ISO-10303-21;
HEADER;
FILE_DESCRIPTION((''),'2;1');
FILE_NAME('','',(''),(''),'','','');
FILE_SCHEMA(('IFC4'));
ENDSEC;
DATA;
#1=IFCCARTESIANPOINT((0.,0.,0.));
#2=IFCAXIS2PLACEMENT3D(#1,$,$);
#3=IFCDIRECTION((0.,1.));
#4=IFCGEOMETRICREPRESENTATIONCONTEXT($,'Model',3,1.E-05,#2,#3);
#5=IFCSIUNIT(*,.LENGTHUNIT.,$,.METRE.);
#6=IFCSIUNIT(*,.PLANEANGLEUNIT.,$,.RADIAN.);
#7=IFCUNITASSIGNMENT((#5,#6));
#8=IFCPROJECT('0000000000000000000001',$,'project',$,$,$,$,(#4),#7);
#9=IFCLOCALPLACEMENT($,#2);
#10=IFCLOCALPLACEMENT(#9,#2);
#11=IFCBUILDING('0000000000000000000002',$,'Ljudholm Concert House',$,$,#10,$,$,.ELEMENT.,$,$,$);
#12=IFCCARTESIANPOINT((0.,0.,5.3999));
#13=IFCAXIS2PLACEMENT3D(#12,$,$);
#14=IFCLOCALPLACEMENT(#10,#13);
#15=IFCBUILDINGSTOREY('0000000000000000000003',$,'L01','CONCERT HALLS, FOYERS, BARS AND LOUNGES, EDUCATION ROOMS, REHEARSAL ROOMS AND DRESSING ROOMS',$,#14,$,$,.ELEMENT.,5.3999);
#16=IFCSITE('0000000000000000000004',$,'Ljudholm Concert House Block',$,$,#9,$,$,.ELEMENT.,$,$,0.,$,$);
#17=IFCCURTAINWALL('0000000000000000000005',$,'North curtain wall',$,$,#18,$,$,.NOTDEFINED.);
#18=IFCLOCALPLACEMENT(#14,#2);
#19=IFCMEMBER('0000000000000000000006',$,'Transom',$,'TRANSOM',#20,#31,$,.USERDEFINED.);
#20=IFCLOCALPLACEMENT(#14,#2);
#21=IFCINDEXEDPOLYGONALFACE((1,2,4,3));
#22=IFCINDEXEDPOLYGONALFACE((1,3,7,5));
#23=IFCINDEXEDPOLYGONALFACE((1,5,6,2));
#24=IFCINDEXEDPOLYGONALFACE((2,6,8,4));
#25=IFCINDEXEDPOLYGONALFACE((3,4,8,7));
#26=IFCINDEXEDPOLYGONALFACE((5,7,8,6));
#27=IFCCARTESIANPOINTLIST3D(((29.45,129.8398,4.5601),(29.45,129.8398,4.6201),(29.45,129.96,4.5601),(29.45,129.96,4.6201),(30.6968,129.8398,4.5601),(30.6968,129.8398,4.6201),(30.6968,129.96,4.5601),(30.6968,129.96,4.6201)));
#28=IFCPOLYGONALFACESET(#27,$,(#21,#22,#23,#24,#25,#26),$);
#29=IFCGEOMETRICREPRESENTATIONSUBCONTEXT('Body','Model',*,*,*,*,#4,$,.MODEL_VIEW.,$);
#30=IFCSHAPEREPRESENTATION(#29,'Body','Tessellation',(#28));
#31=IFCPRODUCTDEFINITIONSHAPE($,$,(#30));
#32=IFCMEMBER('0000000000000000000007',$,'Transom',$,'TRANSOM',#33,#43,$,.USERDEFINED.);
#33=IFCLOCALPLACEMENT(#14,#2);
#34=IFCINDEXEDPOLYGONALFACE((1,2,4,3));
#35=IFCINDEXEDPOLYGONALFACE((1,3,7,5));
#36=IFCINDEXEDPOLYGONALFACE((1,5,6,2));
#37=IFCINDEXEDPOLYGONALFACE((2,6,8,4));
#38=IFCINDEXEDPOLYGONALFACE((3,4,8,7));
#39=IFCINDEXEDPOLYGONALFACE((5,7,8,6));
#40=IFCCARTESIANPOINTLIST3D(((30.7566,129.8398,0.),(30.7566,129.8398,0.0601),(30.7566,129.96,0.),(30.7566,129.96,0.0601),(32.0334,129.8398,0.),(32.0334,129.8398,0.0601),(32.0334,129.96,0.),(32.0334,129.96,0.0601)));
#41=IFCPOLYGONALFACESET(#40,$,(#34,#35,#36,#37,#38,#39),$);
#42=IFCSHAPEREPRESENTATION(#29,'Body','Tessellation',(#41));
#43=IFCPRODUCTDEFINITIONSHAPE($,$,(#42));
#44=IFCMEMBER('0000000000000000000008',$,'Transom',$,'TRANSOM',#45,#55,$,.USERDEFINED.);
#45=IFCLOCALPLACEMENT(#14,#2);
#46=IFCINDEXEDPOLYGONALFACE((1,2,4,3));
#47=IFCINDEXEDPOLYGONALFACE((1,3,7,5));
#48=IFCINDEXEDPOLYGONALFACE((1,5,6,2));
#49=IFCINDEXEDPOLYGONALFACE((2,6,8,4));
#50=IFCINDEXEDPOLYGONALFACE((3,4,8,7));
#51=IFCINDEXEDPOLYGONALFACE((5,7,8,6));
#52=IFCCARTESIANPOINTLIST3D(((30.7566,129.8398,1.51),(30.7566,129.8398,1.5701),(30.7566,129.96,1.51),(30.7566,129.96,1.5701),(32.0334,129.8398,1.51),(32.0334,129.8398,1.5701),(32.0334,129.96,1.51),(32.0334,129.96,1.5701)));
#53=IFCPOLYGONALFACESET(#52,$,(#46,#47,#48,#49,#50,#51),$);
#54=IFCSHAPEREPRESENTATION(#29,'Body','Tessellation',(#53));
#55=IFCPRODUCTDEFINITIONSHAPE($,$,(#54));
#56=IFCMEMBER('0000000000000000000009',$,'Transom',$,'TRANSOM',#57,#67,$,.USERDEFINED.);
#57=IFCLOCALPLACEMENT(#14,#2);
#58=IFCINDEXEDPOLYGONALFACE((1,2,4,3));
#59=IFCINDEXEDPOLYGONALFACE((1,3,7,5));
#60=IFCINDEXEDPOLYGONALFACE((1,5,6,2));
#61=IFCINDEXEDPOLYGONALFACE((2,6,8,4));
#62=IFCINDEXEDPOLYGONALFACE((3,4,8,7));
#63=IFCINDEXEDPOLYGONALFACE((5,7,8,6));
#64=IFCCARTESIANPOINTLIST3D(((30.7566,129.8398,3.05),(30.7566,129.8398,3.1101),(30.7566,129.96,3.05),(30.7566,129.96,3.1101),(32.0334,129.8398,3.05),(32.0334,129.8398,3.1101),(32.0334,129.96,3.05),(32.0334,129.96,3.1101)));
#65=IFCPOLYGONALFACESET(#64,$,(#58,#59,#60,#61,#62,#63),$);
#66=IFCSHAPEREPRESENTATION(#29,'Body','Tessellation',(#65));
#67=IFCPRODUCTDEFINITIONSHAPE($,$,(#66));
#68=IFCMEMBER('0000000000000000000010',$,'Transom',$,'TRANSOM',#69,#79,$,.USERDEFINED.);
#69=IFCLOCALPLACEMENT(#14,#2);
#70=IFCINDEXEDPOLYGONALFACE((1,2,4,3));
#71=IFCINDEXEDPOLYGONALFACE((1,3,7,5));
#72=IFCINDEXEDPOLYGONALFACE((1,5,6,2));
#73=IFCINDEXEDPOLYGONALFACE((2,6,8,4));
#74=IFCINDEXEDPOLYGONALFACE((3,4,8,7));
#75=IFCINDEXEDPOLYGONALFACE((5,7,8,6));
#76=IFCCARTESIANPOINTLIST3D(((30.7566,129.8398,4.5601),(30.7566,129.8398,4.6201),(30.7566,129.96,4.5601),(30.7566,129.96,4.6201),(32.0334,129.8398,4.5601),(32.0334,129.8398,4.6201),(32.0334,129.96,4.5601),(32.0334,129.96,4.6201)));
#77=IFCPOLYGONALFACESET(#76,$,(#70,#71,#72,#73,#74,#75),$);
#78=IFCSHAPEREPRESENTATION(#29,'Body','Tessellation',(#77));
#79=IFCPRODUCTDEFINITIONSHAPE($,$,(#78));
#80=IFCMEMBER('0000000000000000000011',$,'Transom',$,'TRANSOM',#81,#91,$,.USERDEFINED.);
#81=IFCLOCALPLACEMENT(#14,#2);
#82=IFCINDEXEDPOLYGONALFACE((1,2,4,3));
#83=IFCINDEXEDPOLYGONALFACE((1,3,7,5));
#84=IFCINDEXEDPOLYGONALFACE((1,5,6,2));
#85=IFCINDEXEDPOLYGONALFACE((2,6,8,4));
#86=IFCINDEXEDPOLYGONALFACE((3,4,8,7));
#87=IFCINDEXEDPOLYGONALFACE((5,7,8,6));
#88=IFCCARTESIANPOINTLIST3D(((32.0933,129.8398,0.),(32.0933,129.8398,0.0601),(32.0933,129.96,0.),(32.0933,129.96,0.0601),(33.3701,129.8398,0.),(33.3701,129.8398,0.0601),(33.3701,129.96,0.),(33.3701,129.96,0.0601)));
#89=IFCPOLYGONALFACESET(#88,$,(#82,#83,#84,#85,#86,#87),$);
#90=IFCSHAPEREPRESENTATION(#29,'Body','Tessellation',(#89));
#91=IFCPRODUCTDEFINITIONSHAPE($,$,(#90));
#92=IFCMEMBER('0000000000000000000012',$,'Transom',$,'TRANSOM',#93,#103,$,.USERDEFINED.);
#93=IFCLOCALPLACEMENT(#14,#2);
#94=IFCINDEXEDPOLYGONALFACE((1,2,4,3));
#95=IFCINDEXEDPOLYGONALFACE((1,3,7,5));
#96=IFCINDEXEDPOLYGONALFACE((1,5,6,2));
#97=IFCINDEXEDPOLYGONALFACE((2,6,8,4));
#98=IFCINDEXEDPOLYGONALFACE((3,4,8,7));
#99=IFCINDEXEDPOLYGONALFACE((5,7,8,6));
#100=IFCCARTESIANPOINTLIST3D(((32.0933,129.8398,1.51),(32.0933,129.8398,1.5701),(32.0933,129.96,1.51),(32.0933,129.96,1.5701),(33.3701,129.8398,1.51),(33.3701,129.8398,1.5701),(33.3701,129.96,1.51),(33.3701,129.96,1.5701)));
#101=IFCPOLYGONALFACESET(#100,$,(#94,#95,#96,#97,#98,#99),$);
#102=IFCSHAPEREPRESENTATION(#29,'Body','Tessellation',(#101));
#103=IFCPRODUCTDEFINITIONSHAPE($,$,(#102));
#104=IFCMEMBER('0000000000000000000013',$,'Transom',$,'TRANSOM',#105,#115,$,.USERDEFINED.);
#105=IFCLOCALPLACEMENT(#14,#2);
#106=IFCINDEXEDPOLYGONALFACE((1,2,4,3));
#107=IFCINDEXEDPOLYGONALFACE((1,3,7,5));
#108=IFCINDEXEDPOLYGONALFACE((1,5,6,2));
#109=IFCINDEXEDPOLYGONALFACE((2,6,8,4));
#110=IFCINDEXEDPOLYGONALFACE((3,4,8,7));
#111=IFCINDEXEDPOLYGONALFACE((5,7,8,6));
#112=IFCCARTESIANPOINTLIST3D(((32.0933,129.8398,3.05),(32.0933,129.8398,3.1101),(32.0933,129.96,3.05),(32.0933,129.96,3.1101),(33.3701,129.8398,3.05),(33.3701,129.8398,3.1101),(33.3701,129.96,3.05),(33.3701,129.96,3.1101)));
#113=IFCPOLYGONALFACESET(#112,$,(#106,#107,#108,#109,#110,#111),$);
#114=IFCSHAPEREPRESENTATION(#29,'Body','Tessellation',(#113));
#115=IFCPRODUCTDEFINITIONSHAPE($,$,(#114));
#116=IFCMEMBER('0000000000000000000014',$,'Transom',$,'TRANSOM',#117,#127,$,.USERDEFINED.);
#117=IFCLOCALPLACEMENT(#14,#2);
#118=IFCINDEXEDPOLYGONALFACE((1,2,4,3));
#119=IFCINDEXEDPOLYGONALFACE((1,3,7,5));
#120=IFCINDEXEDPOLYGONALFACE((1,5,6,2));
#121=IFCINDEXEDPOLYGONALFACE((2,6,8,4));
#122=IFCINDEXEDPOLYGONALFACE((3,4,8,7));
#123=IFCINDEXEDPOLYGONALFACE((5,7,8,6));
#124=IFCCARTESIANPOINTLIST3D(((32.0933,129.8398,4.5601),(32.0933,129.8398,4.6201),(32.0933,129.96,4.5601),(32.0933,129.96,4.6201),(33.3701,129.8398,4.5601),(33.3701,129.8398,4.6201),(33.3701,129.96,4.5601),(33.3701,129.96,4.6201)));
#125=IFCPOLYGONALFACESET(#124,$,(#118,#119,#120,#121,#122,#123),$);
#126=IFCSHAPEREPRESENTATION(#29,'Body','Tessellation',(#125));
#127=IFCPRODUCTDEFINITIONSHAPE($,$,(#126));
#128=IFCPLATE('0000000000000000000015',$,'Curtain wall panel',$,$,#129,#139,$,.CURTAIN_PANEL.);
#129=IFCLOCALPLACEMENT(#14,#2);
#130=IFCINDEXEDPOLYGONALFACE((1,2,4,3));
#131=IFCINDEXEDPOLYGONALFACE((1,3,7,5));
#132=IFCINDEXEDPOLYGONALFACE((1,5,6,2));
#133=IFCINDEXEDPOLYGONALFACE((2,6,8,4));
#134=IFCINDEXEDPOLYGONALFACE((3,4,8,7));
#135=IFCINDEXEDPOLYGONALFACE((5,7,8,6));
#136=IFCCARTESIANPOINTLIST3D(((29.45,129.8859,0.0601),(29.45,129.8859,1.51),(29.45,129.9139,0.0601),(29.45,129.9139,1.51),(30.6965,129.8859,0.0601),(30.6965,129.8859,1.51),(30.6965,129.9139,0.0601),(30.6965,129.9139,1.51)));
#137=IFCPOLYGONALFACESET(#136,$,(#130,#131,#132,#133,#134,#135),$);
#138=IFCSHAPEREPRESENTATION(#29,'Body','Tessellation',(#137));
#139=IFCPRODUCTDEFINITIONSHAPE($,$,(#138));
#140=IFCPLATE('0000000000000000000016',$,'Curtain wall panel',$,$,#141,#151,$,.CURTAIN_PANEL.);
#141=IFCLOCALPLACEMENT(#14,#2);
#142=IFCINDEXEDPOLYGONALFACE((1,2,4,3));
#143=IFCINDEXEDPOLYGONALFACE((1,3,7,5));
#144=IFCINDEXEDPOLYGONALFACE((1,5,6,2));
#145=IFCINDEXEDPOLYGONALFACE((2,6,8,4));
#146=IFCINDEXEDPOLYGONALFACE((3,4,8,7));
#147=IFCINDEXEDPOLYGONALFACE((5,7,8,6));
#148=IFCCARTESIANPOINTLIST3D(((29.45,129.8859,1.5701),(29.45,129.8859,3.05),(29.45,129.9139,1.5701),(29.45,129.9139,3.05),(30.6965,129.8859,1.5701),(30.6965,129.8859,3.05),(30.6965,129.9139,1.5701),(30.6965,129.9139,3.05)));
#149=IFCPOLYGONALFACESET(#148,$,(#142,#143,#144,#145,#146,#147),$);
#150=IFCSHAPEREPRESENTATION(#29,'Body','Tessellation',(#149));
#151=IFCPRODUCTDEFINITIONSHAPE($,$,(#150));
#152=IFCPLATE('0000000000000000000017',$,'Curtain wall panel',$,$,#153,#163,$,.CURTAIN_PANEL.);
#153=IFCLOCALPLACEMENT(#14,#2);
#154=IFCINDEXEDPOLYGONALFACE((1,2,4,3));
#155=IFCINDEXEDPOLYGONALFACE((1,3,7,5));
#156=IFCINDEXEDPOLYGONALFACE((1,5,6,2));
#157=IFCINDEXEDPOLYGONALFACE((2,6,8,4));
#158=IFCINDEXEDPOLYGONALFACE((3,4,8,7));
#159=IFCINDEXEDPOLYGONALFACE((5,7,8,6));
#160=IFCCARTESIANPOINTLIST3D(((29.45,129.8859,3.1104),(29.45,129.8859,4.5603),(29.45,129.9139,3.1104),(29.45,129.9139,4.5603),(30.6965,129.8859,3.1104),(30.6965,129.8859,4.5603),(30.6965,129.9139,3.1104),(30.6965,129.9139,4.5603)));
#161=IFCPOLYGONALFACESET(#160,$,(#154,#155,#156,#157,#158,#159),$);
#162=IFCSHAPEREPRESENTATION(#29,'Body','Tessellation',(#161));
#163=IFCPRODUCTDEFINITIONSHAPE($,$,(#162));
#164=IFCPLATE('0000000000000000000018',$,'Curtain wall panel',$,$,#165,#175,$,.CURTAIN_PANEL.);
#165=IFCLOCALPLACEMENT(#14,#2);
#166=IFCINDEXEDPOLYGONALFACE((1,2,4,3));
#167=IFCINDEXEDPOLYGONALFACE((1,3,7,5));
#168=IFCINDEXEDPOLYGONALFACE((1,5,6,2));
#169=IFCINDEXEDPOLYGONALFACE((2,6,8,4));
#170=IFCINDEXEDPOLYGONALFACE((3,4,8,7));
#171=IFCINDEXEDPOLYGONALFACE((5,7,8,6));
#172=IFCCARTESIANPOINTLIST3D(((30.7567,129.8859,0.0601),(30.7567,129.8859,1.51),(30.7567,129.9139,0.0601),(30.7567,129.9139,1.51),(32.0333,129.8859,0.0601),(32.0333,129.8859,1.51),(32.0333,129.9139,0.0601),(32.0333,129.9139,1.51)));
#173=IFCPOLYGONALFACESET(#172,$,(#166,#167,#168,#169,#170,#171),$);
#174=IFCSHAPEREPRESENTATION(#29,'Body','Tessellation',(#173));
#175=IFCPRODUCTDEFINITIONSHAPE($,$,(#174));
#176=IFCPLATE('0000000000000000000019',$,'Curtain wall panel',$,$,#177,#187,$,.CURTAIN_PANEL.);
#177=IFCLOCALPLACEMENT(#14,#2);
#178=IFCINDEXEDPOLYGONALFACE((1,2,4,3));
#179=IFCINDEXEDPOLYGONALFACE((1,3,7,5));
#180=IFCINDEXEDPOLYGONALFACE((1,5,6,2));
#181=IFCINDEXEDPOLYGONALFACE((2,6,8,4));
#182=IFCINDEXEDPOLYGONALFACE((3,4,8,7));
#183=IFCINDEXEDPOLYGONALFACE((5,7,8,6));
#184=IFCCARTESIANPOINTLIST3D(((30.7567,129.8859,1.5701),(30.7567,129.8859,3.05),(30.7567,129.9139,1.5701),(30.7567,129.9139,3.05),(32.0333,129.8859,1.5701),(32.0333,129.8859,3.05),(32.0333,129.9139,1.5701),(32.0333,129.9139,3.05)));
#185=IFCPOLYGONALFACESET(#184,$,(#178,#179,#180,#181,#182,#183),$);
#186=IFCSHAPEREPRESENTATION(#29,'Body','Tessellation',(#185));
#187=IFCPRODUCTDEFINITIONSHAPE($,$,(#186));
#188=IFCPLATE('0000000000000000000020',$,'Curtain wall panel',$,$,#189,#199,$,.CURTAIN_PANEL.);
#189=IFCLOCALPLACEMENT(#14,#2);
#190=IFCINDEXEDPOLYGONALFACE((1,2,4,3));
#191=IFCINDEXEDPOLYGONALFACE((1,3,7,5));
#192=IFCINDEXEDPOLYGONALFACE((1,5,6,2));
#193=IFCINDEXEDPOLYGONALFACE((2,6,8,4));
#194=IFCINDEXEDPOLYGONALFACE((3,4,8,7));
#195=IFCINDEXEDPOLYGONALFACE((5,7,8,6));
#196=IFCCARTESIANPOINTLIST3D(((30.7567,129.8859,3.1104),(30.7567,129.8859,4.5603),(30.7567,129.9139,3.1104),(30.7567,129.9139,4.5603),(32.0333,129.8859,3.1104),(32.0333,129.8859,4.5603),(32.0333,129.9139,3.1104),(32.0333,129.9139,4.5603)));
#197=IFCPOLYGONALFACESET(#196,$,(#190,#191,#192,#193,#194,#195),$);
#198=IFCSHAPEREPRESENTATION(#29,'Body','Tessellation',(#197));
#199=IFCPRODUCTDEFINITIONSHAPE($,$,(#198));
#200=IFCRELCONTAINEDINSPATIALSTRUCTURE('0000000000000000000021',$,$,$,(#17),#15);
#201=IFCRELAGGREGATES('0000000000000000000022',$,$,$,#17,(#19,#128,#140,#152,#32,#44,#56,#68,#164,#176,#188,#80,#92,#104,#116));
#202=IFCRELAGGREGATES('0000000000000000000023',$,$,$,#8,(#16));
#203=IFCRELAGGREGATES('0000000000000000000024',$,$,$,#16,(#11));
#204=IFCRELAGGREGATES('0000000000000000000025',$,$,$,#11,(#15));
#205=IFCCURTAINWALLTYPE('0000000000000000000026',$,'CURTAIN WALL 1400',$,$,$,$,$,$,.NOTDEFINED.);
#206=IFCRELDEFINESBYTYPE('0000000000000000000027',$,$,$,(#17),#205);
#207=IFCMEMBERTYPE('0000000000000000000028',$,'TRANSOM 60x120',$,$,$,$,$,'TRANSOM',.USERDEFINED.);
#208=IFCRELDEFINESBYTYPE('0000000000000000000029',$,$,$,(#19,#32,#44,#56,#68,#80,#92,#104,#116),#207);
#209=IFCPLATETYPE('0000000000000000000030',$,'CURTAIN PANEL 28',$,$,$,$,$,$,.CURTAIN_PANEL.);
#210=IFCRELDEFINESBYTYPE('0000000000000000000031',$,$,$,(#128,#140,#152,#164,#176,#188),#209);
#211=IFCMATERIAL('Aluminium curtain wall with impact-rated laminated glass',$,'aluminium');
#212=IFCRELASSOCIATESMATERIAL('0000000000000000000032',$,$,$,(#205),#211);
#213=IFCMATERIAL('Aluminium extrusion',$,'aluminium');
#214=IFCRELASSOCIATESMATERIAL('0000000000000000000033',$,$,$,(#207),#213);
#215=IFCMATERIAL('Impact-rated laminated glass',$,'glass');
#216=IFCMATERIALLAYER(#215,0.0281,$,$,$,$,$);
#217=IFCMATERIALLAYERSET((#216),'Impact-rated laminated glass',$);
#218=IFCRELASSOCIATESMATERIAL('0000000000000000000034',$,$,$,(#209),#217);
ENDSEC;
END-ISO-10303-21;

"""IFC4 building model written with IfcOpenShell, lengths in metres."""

from ifc_helpers import new_model, si_unit, direction, frame, origin, origin_2d, place, context, subcontext, project, spatial, rectangle, extrude, material, layer, layer_set, material_profile, profile_set, type_object, element, aggregate, save


model = new_model("IFC4")

# Units and contexts
model_context = context("Model", 3, precision=1e-05, world=origin(), true_north=direction((0.0, 1.0)))
body_context = subcontext(model_context, "Body", "Model", "MODEL_VIEW")
ifc_project = project(units=[si_unit("LENGTHUNIT", "METRE"), si_unit("PLANEANGLEUNIT", "RADIAN")], contexts=[model_context])

# Site, building, storey
site_placement = place(None, origin())
site = spatial("IfcSite", under=ifc_project, at=site_placement, Name="Ljudholm Concert House Block", CompositionType="ELEMENT", RefElevation=0.0)
building_placement = place(site_placement, origin())
building = spatial("IfcBuilding", under=site, at=building_placement, Name="Ljudholm Concert House", CompositionType="ELEMENT")
storey_placement = place(building_placement, frame((0.0, 0.0, 5.3999)))
storey = spatial("IfcBuildingStorey", under=building, at=storey_placement, Name="L01", Description="CONCERT HALLS, FOYERS, BARS AND LOUNGES, EDUCATION ROOMS, REHEARSAL ROOMS AND DRESSING ROOMS", CompositionType="ELEMENT", Elevation=5.3999)

# Shared definitions
ifc_material_1 = material(Name="Aluminium curtain wall with impact-rated laminated glass", Category="aluminium")
curtain_wall_type = type_object("IfcCurtainWallType", Name="CURTAIN WALL 1400", PredefinedType="NOTDEFINED", material=ifc_material_1)

# Curtain wall
curtain_wall_1_placement = place(storey_placement, origin())
curtain_wall_1 = element("IfcCurtainWall", 1, at=curtain_wall_1_placement, inside=storey, type_object=curtain_wall_type, Name="North curtain wall", PredefinedType="NOTDEFINED")

# Members
ifc_material_2 = material(Name="Aluminium extrusion", Category="aluminium")
ifc_material_profile_1 = material_profile(ifc_material_2, rectangle(XDim=0.1201, YDim=0.0601, at=origin_2d()), Name="TRANSOM 60x120")
ifc_profile_set_1 = profile_set([ifc_material_profile_1], Name="Aluminium extrusion")
member_type_1 = type_object("IfcMemberType", Name="TRANSOM 60x120", ElementType="TRANSOM", PredefinedType="USERDEFINED", material=ifc_profile_set_1)
member_1_placement = place(storey_placement, frame((29.45, 129.8999, 4.5901), z_axis=(1.0, 0.0, 0.0), x_axis=(0.0, 1.0, 0.0)))
member_1 = element("IfcMember", 2, at=member_1_placement, type_object=member_type_1, Name="Transom", ObjectType="TRANSOM", PredefinedType="USERDEFINED", context=body_context, shape_type="SweptSolid", body=[
    extrude(rectangle(XDim=0.1201, YDim=0.0601, at=origin_2d()), origin(), (0.0, 0.0, 1.0), 1.2468),
])
member_2_placement = place(storey_placement, frame((30.7566, 129.8999, 0.03), z_axis=(1.0, 0.0, 0.0), x_axis=(0.0, 1.0, 0.0)))
member_2 = element("IfcMember", 3, at=member_2_placement, type_object=member_type_1, Name="Transom", ObjectType="TRANSOM", PredefinedType="USERDEFINED", context=body_context, shape_type="SweptSolid", body=[
    extrude(rectangle(XDim=0.1201, YDim=0.0601, at=origin_2d()), origin(), (0.0, 0.0, 1.0), 1.2769),
])
member_3_placement = place(storey_placement, frame((30.7566, 129.8999, 1.54), z_axis=(1.0, 0.0, 0.0), x_axis=(0.0, 1.0, 0.0)))
member_3 = element("IfcMember", 4, at=member_3_placement, type_object=member_type_1, Name="Transom", ObjectType="TRANSOM", PredefinedType="USERDEFINED", context=body_context, shape_type="SweptSolid", body=[
    extrude(rectangle(XDim=0.1201, YDim=0.0601, at=origin_2d()), origin(), (0.0, 0.0, 1.0), 1.2769),
])
member_4_placement = place(storey_placement, frame((30.7566, 129.8999, 3.0801), z_axis=(1.0, 0.0, 0.0), x_axis=(0.0, 1.0, 0.0)))
member_4 = element("IfcMember", 5, at=member_4_placement, type_object=member_type_1, Name="Transom", ObjectType="TRANSOM", PredefinedType="USERDEFINED", context=body_context, shape_type="SweptSolid", body=[
    extrude(rectangle(XDim=0.1201, YDim=0.0601, at=origin_2d()), origin(), (0.0, 0.0, 1.0), 1.2769),
])
member_5_placement = place(storey_placement, frame((30.7566, 129.8999, 4.5901), z_axis=(1.0, 0.0, 0.0), x_axis=(0.0, 1.0, 0.0)))
member_5 = element("IfcMember", 6, at=member_5_placement, type_object=member_type_1, Name="Transom", ObjectType="TRANSOM", PredefinedType="USERDEFINED", context=body_context, shape_type="SweptSolid", body=[
    extrude(rectangle(XDim=0.1201, YDim=0.0601, at=origin_2d()), origin(), (0.0, 0.0, 1.0), 1.2769),
])
member_6_placement = place(storey_placement, frame((32.0933, 129.8999, 0.03), z_axis=(1.0, 0.0, 0.0), x_axis=(0.0, 1.0, 0.0)))
member_6 = element("IfcMember", 7, at=member_6_placement, type_object=member_type_1, Name="Transom", ObjectType="TRANSOM", PredefinedType="USERDEFINED", context=body_context, shape_type="SweptSolid", body=[
    extrude(rectangle(XDim=0.1201, YDim=0.0601, at=origin_2d()), origin(), (0.0, 0.0, 1.0), 1.2769),
])
member_7_placement = place(storey_placement, frame((32.0933, 129.8999, 1.54), z_axis=(1.0, 0.0, 0.0), x_axis=(0.0, 1.0, 0.0)))
member_7 = element("IfcMember", 8, at=member_7_placement, type_object=member_type_1, Name="Transom", ObjectType="TRANSOM", PredefinedType="USERDEFINED", context=body_context, shape_type="SweptSolid", body=[
    extrude(rectangle(XDim=0.1201, YDim=0.0601, at=origin_2d()), origin(), (0.0, 0.0, 1.0), 1.2769),
])
member_8_placement = place(storey_placement, frame((32.0933, 129.8999, 3.0801), z_axis=(1.0, 0.0, 0.0), x_axis=(0.0, 1.0, 0.0)))
member_8 = element("IfcMember", 9, at=member_8_placement, type_object=member_type_1, Name="Transom", ObjectType="TRANSOM", PredefinedType="USERDEFINED", context=body_context, shape_type="SweptSolid", body=[
    extrude(rectangle(XDim=0.1201, YDim=0.0601, at=origin_2d()), origin(), (0.0, 0.0, 1.0), 1.2769),
])
member_9_placement = place(storey_placement, frame((32.0933, 129.8999, 4.5901), z_axis=(1.0, 0.0, 0.0), x_axis=(0.0, 1.0, 0.0)))
member_9 = element("IfcMember", 10, at=member_9_placement, type_object=member_type_1, Name="Transom", ObjectType="TRANSOM", PredefinedType="USERDEFINED", context=body_context, shape_type="SweptSolid", body=[
    extrude(rectangle(XDim=0.1201, YDim=0.0601, at=origin_2d()), origin(), (0.0, 0.0, 1.0), 1.2769),
])

# Plates
ifc_material_3 = material(Name="Impact-rated laminated glass", Category="glass")
ifc_layer = layer(ifc_material_3, 0.0281)
ifc_layer_set = layer_set([ifc_layer], Name="Impact-rated laminated glass")
plate_type = type_object("IfcPlateType", Name="CURTAIN PANEL 28", PredefinedType="CURTAIN_PANEL", material=ifc_layer_set)
plate_1_placement = place(storey_placement, frame((30.0732, 129.8999, 0.0601), z_axis=(0.0, 0.0, 1.0), x_axis=(1.0, 0.0, 0.0)))
plate_1 = element("IfcPlate", 11, at=plate_1_placement, type_object=plate_type, Name="Curtain wall panel", PredefinedType="CURTAIN_PANEL", context=body_context, shape_type="SweptSolid", body=[
    extrude(rectangle(XDim=1.2466, YDim=0.0281, at=origin_2d()), origin(), (0.0, 0.0, 1.0), 1.45),
])
plate_2_placement = place(storey_placement, frame((30.0732, 129.8999, 1.5701), z_axis=(0.0, 0.0, 1.0), x_axis=(1.0, 0.0, 0.0)))
plate_2 = element("IfcPlate", 12, at=plate_2_placement, type_object=plate_type, Name="Curtain wall panel", PredefinedType="CURTAIN_PANEL", context=body_context, shape_type="SweptSolid", body=[
    extrude(rectangle(XDim=1.2466, YDim=0.0281, at=origin_2d()), origin(), (0.0, 0.0, 1.0), 1.48),
])
plate_3_placement = place(storey_placement, frame((30.0732, 129.8999, 3.1104), z_axis=(0.0, 0.0, 1.0), x_axis=(1.0, 0.0, 0.0)))
plate_3 = element("IfcPlate", 13, at=plate_3_placement, type_object=plate_type, Name="Curtain wall panel", PredefinedType="CURTAIN_PANEL", context=body_context, shape_type="SweptSolid", body=[
    extrude(rectangle(XDim=1.2466, YDim=0.0281, at=origin_2d()), origin(), (0.0, 0.0, 1.0), 1.45),
])
plate_4_placement = place(storey_placement, frame((31.395, 129.8999, 0.0601), z_axis=(0.0, 0.0, 1.0), x_axis=(1.0, 0.0, 0.0)))
plate_4 = element("IfcPlate", 14, at=plate_4_placement, type_object=plate_type, Name="Curtain wall panel", PredefinedType="CURTAIN_PANEL", context=body_context, shape_type="SweptSolid", body=[
    extrude(rectangle(XDim=1.2766, YDim=0.0281, at=origin_2d()), origin(), (0.0, 0.0, 1.0), 1.45),
])
plate_5_placement = place(storey_placement, frame((31.395, 129.8999, 1.5701), z_axis=(0.0, 0.0, 1.0), x_axis=(1.0, 0.0, 0.0)))
plate_5 = element("IfcPlate", 15, at=plate_5_placement, type_object=plate_type, Name="Curtain wall panel", PredefinedType="CURTAIN_PANEL", context=body_context, shape_type="SweptSolid", body=[
    extrude(rectangle(XDim=1.2766, YDim=0.0281, at=origin_2d()), origin(), (0.0, 0.0, 1.0), 1.48),
])
plate_6_placement = place(storey_placement, frame((31.395, 129.8999, 3.1104), z_axis=(0.0, 0.0, 1.0), x_axis=(1.0, 0.0, 0.0)))
plate_6 = element("IfcPlate", 16, at=plate_6_placement, type_object=plate_type, Name="Curtain wall panel", PredefinedType="CURTAIN_PANEL", context=body_context, shape_type="SweptSolid", body=[
    extrude(rectangle(XDim=1.2766, YDim=0.0281, at=origin_2d()), origin(), (0.0, 0.0, 1.0), 1.45),
])
aggregate(curtain_wall_1, [member_1, plate_1, plate_2, plate_3, member_2, member_3, member_4, member_5, plate_4, plate_5, plate_6, member_6, member_7, member_8, member_9])

save(model, "model.ifc")
